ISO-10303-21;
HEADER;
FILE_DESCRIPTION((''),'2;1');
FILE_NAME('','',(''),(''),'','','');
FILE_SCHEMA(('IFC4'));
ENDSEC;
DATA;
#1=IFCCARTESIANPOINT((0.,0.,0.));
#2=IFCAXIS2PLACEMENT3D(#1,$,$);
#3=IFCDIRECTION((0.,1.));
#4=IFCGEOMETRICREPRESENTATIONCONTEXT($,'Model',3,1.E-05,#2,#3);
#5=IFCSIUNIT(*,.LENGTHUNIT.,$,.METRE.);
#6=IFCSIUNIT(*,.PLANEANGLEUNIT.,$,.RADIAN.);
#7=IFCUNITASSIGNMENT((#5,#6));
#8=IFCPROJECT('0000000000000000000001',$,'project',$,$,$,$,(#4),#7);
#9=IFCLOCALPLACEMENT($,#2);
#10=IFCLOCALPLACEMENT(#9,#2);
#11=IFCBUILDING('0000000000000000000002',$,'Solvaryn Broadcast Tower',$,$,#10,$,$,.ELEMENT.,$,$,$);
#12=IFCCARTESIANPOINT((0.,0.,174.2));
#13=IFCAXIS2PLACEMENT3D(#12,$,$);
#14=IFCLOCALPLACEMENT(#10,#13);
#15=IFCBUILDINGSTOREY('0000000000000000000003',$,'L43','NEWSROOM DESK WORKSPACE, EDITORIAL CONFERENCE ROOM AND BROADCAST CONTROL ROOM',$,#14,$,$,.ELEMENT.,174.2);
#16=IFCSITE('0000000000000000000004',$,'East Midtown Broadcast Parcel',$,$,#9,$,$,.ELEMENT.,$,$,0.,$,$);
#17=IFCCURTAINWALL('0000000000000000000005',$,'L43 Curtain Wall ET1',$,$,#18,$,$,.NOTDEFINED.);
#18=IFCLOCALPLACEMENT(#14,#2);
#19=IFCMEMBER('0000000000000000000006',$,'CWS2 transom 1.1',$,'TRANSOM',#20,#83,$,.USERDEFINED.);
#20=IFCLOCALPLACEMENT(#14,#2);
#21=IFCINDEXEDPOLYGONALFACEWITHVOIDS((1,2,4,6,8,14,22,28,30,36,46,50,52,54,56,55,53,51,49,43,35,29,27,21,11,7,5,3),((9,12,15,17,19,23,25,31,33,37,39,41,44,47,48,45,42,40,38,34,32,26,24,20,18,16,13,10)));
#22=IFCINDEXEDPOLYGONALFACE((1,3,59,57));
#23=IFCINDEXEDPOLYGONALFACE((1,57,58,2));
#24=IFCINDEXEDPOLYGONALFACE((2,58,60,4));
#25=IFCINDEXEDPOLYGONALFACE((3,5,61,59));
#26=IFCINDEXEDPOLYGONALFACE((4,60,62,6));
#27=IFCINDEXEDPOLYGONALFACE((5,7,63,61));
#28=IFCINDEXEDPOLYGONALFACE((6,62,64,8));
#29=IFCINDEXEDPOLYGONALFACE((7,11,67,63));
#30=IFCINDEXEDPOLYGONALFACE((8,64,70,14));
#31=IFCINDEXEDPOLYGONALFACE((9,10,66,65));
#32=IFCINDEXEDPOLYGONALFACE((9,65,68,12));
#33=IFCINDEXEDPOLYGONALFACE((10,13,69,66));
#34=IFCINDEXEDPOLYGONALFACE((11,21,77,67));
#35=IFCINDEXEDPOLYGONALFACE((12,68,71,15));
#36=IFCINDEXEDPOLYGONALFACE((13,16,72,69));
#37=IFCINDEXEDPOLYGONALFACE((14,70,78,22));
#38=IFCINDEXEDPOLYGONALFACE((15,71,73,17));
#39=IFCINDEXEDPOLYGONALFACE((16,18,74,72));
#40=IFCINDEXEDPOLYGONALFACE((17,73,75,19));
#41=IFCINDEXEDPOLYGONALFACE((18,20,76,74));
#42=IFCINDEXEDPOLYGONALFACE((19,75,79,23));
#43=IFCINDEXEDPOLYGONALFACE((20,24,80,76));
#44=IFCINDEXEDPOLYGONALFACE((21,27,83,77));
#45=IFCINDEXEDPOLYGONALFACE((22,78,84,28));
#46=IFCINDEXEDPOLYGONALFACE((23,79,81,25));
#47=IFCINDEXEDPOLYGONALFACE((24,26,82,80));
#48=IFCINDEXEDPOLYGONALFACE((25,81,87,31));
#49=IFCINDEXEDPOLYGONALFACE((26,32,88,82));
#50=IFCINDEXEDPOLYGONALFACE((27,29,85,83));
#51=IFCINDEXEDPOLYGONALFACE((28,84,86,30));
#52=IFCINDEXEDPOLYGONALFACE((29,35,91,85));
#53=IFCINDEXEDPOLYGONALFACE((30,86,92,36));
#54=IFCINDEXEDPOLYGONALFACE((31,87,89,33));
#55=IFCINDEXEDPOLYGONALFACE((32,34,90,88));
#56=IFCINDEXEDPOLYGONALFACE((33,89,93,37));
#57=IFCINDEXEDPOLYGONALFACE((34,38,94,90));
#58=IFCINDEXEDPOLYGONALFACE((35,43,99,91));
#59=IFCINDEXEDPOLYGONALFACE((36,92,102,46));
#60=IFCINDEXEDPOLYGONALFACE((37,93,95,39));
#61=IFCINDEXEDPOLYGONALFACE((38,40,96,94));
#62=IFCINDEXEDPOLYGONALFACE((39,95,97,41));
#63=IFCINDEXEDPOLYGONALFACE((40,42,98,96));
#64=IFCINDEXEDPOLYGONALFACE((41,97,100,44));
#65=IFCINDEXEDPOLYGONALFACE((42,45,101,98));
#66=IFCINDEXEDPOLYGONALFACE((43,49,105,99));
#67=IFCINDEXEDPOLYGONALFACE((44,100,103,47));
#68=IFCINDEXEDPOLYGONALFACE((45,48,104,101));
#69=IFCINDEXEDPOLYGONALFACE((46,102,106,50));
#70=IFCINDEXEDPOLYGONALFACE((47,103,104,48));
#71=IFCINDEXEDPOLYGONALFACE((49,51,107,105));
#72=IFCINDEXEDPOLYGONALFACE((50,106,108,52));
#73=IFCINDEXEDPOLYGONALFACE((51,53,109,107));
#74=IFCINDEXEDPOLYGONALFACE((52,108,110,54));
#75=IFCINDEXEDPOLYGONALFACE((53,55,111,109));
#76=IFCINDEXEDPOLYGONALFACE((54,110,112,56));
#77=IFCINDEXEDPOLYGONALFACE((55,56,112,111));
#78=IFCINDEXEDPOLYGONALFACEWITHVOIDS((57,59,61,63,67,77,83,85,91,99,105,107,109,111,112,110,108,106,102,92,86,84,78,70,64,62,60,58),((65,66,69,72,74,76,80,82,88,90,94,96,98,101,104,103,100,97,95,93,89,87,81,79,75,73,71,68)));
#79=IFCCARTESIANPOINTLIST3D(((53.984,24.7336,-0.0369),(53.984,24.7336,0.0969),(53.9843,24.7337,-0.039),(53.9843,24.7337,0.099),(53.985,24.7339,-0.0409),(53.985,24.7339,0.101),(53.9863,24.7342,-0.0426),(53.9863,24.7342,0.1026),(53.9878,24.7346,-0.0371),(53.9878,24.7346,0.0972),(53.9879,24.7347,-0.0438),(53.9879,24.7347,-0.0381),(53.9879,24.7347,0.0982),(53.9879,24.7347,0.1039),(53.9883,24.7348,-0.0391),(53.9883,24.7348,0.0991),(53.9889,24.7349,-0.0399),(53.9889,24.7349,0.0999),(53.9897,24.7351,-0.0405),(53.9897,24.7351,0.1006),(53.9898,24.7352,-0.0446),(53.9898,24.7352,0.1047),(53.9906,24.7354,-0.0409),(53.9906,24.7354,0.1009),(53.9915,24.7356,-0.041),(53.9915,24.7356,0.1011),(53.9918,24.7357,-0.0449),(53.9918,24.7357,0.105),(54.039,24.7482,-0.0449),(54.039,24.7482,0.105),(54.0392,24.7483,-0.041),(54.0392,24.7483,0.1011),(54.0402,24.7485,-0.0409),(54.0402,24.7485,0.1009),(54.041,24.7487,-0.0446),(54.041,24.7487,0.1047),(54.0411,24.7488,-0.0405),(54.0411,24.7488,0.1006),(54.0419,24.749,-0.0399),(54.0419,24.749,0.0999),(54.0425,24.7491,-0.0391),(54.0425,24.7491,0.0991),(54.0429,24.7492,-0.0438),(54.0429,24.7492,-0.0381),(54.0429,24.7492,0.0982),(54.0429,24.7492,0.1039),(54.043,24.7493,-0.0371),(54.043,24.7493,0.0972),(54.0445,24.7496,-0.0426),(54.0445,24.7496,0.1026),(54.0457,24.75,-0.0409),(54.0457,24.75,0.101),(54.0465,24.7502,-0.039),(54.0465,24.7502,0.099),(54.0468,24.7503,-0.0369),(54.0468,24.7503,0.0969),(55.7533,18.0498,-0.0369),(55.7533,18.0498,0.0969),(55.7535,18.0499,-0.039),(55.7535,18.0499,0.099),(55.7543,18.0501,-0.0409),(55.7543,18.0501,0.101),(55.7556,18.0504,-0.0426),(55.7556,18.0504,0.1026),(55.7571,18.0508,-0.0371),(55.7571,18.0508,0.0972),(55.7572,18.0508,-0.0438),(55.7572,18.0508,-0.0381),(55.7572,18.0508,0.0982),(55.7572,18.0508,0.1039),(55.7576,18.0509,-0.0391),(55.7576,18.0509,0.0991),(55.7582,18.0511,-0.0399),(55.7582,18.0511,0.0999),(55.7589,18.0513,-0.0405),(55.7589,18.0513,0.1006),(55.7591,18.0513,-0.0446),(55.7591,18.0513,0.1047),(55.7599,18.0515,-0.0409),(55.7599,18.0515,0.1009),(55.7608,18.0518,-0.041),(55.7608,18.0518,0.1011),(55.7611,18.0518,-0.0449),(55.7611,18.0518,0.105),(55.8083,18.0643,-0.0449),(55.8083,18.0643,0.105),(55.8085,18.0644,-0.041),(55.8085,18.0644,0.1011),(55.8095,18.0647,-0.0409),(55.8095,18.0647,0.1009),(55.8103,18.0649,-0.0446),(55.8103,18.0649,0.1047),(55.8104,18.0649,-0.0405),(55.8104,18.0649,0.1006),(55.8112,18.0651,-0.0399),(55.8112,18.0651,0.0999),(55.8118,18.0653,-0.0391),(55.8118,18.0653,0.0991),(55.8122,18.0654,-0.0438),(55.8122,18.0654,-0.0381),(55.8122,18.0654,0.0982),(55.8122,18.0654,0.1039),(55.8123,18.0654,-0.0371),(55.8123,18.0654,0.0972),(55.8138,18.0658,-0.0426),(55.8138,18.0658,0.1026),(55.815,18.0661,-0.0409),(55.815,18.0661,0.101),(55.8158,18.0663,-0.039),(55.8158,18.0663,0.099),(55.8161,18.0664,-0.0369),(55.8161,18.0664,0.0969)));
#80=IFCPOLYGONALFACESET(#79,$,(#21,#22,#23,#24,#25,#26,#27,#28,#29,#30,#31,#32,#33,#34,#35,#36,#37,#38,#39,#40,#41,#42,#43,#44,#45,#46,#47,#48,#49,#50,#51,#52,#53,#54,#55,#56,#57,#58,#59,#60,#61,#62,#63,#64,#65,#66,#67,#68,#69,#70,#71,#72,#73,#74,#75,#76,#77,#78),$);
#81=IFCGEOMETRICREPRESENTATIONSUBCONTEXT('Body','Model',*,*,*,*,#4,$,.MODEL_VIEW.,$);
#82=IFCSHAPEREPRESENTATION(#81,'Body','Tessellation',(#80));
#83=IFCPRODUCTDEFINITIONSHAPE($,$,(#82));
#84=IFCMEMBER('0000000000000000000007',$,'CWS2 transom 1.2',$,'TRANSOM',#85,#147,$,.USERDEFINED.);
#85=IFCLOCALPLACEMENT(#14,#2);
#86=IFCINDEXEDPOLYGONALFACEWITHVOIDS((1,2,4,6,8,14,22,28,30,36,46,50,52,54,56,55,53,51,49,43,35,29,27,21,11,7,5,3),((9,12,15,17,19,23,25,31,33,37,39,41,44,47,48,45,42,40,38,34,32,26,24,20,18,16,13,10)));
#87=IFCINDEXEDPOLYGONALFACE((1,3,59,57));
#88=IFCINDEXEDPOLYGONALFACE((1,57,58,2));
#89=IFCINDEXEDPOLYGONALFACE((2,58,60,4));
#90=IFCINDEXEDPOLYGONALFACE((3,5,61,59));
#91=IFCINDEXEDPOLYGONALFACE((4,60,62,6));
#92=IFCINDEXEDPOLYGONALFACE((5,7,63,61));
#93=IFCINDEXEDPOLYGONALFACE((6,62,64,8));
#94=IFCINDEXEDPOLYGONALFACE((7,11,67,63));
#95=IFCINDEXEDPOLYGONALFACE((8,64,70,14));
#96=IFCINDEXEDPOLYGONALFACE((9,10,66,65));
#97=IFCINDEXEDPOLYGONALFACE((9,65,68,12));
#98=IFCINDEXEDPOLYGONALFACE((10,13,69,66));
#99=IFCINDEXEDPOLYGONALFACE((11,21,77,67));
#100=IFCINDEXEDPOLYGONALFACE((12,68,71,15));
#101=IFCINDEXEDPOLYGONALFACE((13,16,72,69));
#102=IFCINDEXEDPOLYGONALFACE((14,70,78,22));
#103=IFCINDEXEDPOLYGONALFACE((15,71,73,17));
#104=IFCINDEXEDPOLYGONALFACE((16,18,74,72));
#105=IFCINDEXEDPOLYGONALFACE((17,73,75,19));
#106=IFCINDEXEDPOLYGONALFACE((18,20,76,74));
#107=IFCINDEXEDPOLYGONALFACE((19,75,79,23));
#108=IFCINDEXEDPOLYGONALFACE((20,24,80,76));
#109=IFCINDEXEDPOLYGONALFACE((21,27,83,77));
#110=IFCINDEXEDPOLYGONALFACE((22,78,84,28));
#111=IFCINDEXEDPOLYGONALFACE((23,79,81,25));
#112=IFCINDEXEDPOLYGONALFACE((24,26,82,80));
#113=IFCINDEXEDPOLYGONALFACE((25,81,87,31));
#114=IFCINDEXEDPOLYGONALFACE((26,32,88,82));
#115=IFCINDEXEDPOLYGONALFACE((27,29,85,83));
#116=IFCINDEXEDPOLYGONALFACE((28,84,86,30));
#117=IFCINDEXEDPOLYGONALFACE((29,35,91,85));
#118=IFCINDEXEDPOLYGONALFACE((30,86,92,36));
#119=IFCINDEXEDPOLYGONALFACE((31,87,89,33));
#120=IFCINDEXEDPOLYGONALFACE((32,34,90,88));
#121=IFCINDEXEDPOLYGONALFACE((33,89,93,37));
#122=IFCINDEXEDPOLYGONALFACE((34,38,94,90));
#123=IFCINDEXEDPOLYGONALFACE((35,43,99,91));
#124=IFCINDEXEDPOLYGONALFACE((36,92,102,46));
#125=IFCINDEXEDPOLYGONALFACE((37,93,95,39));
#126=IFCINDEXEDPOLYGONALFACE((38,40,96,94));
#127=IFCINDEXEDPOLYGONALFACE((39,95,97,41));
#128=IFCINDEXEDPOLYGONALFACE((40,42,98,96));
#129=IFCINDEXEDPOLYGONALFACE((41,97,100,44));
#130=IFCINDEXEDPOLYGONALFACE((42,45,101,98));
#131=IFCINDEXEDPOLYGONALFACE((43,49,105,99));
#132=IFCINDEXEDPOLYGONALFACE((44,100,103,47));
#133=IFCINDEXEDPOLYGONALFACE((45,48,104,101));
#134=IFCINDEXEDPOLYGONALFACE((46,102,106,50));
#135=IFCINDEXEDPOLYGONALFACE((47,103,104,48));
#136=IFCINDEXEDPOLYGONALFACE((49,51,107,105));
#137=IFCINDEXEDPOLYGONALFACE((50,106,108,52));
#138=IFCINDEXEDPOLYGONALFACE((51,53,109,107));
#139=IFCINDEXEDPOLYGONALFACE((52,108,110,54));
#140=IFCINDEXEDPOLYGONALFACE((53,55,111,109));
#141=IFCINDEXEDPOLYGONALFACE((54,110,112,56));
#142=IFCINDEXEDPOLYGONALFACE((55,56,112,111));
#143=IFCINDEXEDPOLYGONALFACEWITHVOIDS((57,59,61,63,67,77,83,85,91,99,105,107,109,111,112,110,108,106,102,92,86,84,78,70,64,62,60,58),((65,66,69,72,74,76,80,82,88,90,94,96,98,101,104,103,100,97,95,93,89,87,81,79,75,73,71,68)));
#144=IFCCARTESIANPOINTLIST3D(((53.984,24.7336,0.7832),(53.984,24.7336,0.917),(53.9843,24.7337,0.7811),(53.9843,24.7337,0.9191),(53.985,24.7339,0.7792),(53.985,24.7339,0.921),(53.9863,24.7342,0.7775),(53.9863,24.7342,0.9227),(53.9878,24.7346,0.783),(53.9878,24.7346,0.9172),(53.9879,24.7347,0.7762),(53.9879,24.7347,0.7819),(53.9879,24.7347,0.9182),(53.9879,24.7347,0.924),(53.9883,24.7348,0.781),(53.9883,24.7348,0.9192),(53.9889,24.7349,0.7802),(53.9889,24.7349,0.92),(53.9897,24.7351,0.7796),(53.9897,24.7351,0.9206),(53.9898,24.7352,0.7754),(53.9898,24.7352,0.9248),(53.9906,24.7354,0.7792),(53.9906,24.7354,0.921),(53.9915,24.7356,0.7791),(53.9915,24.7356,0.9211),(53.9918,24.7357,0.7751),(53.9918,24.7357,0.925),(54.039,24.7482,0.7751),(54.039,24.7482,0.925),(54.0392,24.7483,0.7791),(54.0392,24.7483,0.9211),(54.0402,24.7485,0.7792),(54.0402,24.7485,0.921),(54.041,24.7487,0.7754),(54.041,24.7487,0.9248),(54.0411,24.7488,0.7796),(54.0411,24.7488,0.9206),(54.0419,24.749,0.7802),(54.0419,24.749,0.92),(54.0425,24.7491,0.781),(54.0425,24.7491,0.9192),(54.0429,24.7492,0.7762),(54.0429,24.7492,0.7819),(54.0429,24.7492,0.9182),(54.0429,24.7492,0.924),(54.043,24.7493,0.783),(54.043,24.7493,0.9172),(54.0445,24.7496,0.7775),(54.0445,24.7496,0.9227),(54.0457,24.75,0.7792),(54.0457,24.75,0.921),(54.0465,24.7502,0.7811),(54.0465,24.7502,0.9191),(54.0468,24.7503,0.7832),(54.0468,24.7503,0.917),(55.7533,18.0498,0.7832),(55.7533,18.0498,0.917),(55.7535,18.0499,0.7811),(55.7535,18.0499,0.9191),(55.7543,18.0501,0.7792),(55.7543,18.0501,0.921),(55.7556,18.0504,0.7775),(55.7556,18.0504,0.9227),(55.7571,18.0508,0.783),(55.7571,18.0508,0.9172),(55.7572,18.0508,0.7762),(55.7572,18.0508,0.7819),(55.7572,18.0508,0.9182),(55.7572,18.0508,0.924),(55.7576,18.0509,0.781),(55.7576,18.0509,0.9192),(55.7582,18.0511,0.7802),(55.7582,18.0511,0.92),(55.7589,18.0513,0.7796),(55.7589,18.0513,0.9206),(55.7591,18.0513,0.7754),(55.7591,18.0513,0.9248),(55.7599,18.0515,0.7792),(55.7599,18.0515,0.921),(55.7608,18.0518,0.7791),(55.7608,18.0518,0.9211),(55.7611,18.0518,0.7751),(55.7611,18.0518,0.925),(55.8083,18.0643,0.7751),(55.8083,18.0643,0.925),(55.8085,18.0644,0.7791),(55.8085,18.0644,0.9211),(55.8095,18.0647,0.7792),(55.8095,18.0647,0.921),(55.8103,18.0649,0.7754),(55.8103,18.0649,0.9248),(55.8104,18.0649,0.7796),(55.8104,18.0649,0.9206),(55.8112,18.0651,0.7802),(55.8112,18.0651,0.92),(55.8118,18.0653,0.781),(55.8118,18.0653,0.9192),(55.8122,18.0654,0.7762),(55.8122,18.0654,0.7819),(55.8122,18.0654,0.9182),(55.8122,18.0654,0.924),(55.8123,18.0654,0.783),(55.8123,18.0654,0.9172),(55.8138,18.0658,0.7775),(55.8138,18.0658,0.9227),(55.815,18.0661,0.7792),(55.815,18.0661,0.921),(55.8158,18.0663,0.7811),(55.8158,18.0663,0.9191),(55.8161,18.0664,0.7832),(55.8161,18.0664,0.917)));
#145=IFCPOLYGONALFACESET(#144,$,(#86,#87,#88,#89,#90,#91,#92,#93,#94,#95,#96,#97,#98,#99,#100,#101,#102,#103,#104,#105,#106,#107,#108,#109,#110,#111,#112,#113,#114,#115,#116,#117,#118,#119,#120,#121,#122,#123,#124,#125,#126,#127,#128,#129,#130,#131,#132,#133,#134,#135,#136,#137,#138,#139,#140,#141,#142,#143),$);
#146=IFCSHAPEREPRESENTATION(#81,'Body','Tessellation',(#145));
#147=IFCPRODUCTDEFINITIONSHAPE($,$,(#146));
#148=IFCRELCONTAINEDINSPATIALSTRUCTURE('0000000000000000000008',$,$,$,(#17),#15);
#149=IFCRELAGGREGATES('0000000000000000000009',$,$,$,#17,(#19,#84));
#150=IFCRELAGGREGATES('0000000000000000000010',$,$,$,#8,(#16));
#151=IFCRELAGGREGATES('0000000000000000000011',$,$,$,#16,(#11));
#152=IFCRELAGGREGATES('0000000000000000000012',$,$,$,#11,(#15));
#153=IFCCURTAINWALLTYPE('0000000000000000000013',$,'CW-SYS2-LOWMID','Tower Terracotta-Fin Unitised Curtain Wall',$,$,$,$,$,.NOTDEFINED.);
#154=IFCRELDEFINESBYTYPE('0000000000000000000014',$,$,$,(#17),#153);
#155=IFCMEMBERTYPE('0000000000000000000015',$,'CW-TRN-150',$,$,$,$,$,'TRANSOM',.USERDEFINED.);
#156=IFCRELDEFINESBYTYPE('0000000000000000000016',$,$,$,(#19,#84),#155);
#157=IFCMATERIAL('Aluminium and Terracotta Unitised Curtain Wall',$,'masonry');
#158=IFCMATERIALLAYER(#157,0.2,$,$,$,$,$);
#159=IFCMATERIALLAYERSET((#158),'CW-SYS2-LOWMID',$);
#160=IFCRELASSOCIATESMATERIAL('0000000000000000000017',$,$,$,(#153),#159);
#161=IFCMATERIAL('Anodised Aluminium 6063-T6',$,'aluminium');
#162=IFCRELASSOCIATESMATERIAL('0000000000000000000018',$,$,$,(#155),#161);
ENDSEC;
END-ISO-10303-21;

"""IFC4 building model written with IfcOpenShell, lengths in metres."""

from ifc_helpers import new_model, si_unit, direction, frame, origin, origin_2d, place, context, subcontext, project, spatial, hollow_rectangle, extrude, material, layer, layer_set, material_profile, profile_set, type_object, element, aggregate, save


model = new_model("IFC4")

# Units and contexts
model_context = context("Model", 3, precision=1e-05, world=origin(), true_north=direction((0.0, 1.0)))
body_context = subcontext(model_context, "Body", "Model", "MODEL_VIEW")
ifc_project = project(units=[si_unit("LENGTHUNIT", "METRE"), si_unit("PLANEANGLEUNIT", "RADIAN")], contexts=[model_context])

# Site, building, storey
site_placement = place(None, origin())
site = spatial("IfcSite", under=ifc_project, at=site_placement, Name="East Midtown Broadcast Parcel", CompositionType="ELEMENT", RefElevation=0.0)
building_placement = place(site_placement, origin())
building = spatial("IfcBuilding", under=site, at=building_placement, Name="Solvaryn Broadcast Tower", CompositionType="ELEMENT")
storey_placement = place(building_placement, frame((0.0, 0.0, 174.2)))
storey = spatial("IfcBuildingStorey", under=building, at=storey_placement, Name="L43", Description="NEWSROOM DESK WORKSPACE, EDITORIAL CONFERENCE ROOM AND BROADCAST CONTROL ROOM", CompositionType="ELEMENT", Elevation=174.2)

# Curtain wall
ifc_material_1 = material(Name="Aluminium and Terracotta Unitised Curtain Wall", Category="masonry")
ifc_layer_1 = layer(ifc_material_1, 0.2)
ifc_layer_set_1 = layer_set([ifc_layer_1], Name="CW-SYS2-LOWMID")
curtain_wall_type = type_object("IfcCurtainWallType", Name="CW-SYS2-LOWMID", Description="Tower Terracotta-Fin Unitised Curtain Wall", PredefinedType="NOTDEFINED", material=ifc_layer_set_1)
curtain_wall_1_placement = place(storey_placement, origin())
curtain_wall_1 = element("IfcCurtainWall", 1, at=curtain_wall_1_placement, inside=storey, type_object=curtain_wall_type, Name="L43 Curtain Wall ET1", PredefinedType="NOTDEFINED")

# Members
ifc_material_2 = material(Name="Anodised Aluminium 6063-T6", Category="aluminium")
ifc_material_profile_1 = material_profile(ifc_material_2, hollow_rectangle(XDim=0.0649, YDim=0.1499, WallThickness=0.0039, InnerFilletRadius=0.0039, OuterFilletRadius=0.0081, at=origin_2d()))
ifc_profile_set_1 = profile_set([ifc_material_profile_1], Name="Anodised Aluminium 6063-T6")
member_type_1 = type_object("IfcMemberType", Name="CW-TRN-150", ElementType="TRANSOM", PredefinedType="USERDEFINED", material=ifc_profile_set_1)
member_1_placement = place(storey_placement, frame((54.0154, 24.7419, 0.03), z_axis=(0.255897, -0.966704, 0.0), x_axis=(0.966704, 0.255897, 0.0)))
member_1 = element("IfcMember", 2, at=member_1_placement, type_object=member_type_1, Name="CWS2 transom 1.1", ObjectType="TRANSOM", PredefinedType="USERDEFINED", context=body_context, shape_type="SweptSolid", body=[
    extrude(hollow_rectangle(XDim=0.0649, YDim=0.1499, WallThickness=0.0039, InnerFilletRadius=0.0039, OuterFilletRadius=0.0081, at=origin_2d()), origin(), (0.0, 0.0, 1.0), 6.9141),
])
member_2_placement = place(storey_placement, frame((54.0154, 24.7419, 0.8501), z_axis=(0.255897, -0.966704, 0.0), x_axis=(0.966704, 0.255897, 0.0)))
member_2 = element("IfcMember", 3, at=member_2_placement, type_object=member_type_1, Name="CWS2 transom 1.2", ObjectType="TRANSOM", PredefinedType="USERDEFINED", context=body_context, shape_type="SweptSolid", body=[
    extrude(hollow_rectangle(XDim=0.0649, YDim=0.1499, WallThickness=0.0039, InnerFilletRadius=0.0039, OuterFilletRadius=0.0081, at=origin_2d()), origin(), (0.0, 0.0, 1.0), 6.9141),
])

aggregate(curtain_wall_1, [member_1, member_2])

save(model, "model.ifc")
